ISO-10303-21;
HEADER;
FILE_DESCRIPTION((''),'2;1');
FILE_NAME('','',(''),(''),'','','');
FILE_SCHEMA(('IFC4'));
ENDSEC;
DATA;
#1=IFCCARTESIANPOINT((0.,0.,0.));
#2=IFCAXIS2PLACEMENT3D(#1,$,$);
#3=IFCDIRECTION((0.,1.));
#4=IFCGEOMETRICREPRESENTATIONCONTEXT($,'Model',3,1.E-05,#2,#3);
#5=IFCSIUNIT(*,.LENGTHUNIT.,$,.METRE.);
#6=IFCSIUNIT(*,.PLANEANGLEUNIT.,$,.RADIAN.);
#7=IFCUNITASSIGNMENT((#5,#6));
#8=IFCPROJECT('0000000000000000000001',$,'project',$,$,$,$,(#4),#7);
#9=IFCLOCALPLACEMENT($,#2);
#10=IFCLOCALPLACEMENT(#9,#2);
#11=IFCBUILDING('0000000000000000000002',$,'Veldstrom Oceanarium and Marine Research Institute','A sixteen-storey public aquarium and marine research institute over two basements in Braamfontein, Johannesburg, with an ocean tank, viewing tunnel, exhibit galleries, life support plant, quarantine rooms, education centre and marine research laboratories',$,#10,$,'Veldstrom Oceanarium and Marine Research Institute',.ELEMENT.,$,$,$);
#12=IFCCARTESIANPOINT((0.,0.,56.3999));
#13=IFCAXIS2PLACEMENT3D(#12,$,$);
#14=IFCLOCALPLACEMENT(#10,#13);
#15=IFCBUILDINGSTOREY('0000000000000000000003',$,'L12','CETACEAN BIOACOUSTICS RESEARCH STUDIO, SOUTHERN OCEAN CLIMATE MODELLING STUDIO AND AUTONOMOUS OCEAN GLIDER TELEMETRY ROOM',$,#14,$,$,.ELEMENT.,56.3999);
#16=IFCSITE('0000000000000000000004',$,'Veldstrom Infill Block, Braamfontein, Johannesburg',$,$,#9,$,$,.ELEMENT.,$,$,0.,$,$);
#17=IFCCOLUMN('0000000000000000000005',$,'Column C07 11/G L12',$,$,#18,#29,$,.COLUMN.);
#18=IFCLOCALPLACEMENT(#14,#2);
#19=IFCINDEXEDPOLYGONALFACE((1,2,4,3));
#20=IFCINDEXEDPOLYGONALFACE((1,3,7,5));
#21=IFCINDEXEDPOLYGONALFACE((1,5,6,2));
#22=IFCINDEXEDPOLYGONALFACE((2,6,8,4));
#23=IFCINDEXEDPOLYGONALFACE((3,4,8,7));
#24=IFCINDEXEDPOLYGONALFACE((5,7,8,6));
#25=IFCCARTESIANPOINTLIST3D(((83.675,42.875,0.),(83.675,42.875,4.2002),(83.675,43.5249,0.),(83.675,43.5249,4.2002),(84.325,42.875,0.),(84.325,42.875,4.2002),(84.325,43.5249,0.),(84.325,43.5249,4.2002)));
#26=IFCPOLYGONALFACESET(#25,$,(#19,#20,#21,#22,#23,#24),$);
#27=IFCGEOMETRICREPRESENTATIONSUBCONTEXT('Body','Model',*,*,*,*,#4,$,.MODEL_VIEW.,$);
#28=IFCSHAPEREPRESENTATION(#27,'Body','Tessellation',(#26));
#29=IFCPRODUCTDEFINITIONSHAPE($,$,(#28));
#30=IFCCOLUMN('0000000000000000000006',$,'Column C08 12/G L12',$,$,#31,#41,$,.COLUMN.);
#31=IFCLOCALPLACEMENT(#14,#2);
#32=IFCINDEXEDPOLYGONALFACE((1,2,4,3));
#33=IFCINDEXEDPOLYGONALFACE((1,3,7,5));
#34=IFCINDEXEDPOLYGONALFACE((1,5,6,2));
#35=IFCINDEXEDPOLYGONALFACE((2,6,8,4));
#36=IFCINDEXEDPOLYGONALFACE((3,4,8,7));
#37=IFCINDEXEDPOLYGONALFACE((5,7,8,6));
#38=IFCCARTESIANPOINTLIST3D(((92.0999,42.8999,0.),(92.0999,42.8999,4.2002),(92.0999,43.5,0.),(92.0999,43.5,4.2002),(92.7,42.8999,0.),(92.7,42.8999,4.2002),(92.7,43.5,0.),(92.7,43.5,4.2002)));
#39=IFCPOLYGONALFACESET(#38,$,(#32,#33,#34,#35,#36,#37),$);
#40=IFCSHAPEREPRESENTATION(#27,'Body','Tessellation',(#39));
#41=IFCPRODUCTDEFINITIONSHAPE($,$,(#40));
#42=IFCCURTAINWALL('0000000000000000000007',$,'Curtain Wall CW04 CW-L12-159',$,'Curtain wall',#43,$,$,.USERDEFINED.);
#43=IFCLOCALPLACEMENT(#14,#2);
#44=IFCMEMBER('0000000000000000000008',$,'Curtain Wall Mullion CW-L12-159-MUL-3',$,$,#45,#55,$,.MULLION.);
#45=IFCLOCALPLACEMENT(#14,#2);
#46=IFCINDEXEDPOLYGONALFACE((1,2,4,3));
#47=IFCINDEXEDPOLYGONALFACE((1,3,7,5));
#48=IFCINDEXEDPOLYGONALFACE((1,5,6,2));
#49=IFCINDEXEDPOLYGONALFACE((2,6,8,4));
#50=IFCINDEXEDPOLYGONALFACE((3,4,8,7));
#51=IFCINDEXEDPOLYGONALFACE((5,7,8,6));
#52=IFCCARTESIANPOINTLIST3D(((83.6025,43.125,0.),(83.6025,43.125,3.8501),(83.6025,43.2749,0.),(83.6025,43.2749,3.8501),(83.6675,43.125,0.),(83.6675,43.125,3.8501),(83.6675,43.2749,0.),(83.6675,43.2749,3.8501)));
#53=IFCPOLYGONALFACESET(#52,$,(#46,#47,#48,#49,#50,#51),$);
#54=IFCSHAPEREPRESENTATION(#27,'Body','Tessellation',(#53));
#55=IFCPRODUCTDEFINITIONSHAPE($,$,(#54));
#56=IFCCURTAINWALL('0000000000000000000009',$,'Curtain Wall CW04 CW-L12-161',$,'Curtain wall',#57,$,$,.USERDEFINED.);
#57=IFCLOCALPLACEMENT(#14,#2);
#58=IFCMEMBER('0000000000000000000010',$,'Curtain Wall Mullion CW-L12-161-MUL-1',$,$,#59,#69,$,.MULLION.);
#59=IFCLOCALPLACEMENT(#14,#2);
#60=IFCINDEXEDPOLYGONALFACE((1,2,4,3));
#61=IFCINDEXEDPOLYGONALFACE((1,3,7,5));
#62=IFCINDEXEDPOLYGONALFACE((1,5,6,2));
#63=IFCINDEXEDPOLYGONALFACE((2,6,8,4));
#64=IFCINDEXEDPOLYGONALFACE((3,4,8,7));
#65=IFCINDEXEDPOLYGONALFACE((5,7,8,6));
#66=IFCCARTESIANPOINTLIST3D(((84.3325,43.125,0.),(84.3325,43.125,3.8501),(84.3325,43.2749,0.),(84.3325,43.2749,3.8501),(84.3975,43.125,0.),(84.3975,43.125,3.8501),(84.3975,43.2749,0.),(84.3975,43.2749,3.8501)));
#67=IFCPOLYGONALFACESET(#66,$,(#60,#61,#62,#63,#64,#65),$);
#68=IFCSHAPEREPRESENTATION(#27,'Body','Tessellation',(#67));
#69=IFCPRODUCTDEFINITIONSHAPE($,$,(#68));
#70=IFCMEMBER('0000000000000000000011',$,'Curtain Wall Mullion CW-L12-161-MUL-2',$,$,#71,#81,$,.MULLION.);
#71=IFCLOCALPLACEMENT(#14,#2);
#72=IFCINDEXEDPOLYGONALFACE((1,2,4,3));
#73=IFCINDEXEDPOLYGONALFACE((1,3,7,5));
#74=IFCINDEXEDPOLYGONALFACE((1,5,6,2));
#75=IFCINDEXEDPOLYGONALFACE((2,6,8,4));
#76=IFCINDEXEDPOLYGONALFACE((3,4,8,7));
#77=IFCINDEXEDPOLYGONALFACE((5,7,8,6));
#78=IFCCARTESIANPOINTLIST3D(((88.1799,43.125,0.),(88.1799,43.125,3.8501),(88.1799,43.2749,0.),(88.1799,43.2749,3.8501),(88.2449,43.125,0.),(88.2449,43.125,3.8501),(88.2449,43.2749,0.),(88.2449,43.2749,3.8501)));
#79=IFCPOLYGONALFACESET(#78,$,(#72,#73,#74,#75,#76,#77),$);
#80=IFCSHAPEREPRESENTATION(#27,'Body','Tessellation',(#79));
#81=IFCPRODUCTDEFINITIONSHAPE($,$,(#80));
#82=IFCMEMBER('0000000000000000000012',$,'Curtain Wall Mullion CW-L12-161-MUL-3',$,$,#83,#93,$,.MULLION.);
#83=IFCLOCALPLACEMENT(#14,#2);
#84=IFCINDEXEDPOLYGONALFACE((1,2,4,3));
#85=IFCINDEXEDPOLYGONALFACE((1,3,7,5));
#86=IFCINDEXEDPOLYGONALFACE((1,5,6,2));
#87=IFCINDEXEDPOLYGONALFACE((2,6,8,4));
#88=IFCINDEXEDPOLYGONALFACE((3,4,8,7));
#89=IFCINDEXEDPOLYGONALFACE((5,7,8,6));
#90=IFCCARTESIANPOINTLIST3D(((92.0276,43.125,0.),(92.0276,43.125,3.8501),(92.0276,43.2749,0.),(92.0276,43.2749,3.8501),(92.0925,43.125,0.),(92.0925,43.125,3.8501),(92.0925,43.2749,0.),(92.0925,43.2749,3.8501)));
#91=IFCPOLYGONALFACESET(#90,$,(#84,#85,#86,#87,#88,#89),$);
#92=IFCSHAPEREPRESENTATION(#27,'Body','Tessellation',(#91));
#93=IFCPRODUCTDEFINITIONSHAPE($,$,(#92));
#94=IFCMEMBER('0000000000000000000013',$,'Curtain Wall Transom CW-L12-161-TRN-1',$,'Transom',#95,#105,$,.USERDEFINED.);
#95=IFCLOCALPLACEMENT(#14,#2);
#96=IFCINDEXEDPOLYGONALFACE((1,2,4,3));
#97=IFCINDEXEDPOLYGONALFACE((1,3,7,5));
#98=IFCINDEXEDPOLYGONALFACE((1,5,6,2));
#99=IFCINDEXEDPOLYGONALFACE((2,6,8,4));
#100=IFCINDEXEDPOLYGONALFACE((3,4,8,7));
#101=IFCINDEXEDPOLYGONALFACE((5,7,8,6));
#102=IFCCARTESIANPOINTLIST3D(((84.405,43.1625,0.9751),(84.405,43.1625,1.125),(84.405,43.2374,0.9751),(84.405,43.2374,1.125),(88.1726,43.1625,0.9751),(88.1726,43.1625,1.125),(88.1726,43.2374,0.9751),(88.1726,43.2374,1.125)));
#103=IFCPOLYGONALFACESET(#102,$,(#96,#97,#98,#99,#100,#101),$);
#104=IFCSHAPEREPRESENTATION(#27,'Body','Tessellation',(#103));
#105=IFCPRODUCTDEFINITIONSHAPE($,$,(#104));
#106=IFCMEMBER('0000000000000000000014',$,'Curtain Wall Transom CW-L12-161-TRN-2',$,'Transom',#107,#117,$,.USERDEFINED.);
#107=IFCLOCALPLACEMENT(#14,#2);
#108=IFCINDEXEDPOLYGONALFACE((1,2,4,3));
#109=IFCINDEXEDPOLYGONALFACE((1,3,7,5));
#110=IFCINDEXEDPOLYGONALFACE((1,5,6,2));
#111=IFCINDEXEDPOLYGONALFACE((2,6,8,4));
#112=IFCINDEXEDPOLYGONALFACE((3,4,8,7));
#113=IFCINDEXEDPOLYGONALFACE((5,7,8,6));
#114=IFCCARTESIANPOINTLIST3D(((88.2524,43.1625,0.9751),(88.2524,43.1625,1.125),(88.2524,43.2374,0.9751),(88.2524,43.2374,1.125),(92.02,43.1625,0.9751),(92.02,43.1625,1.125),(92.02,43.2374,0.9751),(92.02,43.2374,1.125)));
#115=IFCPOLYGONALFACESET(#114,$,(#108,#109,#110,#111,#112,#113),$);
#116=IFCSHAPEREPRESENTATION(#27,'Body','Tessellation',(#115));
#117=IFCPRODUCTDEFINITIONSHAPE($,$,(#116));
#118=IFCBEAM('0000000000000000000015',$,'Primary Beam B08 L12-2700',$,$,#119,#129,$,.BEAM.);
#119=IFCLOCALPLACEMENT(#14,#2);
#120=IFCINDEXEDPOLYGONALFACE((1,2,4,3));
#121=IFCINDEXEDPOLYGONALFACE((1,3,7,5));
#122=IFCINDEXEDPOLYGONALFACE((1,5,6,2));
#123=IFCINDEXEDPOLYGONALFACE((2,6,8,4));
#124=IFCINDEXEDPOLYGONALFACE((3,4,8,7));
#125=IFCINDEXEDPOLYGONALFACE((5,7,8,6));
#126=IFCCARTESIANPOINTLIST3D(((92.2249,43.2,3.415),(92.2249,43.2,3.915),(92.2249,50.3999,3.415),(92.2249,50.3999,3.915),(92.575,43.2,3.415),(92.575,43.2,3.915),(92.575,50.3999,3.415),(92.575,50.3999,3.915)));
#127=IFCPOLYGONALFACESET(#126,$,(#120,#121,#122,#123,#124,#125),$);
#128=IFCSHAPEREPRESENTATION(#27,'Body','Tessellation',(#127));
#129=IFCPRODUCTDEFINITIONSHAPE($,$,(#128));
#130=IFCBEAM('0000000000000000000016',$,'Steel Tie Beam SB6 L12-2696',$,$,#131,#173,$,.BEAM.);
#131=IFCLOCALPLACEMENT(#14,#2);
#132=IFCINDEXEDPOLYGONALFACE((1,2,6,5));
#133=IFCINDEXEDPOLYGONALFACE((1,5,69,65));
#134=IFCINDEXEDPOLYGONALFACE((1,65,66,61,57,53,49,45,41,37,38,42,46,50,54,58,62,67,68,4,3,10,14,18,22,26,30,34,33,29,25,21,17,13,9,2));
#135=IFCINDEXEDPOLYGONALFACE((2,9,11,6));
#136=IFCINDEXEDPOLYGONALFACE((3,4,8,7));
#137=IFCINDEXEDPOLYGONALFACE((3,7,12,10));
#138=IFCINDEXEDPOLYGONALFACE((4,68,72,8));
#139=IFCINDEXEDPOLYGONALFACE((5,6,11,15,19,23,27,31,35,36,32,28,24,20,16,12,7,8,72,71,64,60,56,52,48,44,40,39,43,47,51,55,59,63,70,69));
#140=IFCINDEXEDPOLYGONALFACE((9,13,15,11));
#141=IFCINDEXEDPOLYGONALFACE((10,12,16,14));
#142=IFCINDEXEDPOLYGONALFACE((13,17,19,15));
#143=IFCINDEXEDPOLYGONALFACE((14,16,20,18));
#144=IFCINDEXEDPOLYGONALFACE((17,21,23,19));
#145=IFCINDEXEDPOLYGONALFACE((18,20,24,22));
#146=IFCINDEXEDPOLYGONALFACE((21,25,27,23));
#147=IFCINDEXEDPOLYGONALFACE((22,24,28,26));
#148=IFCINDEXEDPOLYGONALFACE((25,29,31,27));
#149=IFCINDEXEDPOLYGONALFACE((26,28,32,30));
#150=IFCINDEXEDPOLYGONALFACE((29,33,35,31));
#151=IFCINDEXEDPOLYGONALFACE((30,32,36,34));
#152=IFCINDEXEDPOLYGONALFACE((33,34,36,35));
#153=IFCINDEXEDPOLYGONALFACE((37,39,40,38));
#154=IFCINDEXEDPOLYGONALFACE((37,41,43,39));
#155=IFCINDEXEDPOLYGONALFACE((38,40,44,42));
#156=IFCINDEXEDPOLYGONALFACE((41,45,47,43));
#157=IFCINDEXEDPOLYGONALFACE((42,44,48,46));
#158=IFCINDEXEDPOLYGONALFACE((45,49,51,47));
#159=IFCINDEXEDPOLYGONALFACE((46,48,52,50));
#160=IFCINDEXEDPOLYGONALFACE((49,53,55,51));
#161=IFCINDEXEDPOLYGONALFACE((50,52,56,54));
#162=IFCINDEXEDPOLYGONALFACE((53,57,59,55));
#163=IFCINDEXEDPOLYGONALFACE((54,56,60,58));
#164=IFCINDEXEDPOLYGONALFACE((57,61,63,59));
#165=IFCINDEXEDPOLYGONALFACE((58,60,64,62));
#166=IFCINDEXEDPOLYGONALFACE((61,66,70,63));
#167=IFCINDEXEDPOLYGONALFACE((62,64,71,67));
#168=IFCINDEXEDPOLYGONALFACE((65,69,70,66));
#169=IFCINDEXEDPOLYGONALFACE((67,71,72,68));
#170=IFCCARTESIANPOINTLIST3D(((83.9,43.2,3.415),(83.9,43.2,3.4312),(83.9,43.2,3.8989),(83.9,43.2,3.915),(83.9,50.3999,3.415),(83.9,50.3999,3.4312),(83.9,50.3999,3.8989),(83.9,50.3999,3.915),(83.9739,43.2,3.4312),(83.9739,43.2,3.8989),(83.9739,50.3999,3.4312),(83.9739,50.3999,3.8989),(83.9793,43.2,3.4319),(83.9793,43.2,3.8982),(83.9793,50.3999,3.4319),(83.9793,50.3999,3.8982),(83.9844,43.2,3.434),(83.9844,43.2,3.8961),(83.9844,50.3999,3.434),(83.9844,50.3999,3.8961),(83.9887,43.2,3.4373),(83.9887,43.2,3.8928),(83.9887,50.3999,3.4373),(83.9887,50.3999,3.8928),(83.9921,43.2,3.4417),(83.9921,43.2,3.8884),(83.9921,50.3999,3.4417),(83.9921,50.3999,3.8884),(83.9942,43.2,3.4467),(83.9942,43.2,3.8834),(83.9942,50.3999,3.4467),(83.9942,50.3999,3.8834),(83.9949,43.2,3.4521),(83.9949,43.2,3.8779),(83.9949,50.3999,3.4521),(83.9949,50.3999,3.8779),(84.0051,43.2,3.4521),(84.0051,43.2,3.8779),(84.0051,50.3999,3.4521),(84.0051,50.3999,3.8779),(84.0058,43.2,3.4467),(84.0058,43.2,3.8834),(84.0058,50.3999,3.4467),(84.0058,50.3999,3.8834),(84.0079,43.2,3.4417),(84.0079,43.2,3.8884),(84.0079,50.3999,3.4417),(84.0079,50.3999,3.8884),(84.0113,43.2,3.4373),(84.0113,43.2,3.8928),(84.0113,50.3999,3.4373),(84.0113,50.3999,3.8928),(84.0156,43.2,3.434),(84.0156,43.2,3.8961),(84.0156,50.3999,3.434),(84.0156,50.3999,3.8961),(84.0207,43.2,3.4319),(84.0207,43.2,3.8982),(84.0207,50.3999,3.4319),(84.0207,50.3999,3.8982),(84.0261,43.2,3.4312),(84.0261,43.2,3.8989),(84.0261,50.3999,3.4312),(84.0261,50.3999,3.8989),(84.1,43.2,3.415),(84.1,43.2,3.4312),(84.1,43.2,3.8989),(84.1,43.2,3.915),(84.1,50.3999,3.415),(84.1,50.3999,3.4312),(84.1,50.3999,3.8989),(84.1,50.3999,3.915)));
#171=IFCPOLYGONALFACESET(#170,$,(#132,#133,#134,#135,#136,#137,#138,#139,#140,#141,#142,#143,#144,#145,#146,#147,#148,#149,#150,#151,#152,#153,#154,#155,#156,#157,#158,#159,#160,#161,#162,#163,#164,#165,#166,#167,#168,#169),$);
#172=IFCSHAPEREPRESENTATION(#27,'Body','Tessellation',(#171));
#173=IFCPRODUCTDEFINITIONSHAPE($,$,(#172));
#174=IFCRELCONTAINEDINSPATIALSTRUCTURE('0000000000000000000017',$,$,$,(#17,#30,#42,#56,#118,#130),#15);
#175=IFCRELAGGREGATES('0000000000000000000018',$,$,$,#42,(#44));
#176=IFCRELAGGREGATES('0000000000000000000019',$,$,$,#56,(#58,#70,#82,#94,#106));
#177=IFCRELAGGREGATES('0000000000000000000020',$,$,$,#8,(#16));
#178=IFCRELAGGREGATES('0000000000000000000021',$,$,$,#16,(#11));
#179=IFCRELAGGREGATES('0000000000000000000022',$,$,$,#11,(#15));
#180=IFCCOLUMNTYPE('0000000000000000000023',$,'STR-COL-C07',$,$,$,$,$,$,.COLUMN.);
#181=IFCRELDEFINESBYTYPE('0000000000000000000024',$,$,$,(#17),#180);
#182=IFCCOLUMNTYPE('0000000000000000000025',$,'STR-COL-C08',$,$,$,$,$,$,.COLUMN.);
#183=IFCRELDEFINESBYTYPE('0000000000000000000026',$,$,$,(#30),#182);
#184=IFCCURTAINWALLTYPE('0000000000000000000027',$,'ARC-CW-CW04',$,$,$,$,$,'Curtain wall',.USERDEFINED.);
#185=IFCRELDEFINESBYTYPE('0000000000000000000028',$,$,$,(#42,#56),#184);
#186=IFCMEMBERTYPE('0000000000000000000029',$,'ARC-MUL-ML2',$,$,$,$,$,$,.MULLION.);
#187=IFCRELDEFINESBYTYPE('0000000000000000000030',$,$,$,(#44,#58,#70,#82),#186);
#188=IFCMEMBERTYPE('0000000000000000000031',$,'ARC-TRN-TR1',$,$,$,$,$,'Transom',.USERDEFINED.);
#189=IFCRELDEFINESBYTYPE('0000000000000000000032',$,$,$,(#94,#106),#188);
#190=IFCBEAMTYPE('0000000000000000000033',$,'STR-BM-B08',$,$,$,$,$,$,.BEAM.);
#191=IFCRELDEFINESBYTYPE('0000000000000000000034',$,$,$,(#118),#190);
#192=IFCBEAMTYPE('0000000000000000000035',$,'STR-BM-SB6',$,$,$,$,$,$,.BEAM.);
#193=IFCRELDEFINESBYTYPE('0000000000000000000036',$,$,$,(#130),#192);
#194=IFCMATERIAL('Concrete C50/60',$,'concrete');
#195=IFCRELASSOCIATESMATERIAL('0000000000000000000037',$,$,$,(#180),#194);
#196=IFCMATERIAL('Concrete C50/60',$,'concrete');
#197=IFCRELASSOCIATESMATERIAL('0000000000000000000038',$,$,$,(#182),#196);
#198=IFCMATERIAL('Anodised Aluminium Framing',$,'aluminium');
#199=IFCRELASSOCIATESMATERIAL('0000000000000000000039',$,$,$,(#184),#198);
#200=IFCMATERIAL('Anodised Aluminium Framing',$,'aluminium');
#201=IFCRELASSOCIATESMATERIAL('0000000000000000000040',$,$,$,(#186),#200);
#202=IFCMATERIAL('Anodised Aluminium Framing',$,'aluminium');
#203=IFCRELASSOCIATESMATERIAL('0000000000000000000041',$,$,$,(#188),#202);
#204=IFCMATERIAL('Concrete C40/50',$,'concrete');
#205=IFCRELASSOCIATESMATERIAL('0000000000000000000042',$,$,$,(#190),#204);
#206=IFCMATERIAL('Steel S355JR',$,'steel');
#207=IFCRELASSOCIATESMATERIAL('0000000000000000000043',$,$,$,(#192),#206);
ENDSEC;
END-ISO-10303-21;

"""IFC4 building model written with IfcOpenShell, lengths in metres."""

from ifc_helpers import new_model, si_unit, direction, frame, origin, origin_2d, place, context, subcontext, project, spatial, rectangle, i_section, extrude, material, material_profile, profile_set, type_object, element, aggregate, save


model = new_model("IFC4")

# Units and contexts
model_context = context("Model", 3, precision=1e-05, world=origin(), true_north=direction((0.0, 1.0)))
body_context = subcontext(model_context, "Body", "Model", "MODEL_VIEW")
ifc_project = project(units=[si_unit("LENGTHUNIT", "METRE"), si_unit("PLANEANGLEUNIT", "RADIAN")], contexts=[model_context])

# Site, building, storey
site_placement = place(None, origin())
site = spatial("IfcSite", under=ifc_project, at=site_placement, Name="Veldstrom Infill Block, Braamfontein, Johannesburg", CompositionType="ELEMENT", RefElevation=0.0)
building_placement = place(site_placement, origin())
building = spatial("IfcBuilding", under=site, at=building_placement, Name="Veldstrom Oceanarium and Marine Research Institute", Description="A sixteen-storey public aquarium and marine research institute over two basements in Braamfontein, Johannesburg, with an ocean tank, viewing tunnel, exhibit galleries, life support plant, quarantine rooms, education centre and marine research laboratories", LongName="Veldstrom Oceanarium and Marine Research Institute", CompositionType="ELEMENT")
storey_placement = place(building_placement, frame((0.0, 0.0, 56.3999)))
storey = spatial("IfcBuildingStorey", under=building, at=storey_placement, Name="L12", Description="CETACEAN BIOACOUSTICS RESEARCH STUDIO, SOUTHERN OCEAN CLIMATE MODELLING STUDIO AND AUTONOMOUS OCEAN GLIDER TELEMETRY ROOM", CompositionType="ELEMENT", Elevation=56.3999)

# Columns
ifc_material_1 = material(Name="Concrete C50/60", Category="concrete")
ifc_material_profile_1 = material_profile(ifc_material_1, rectangle(XDim=0.6499, YDim=0.6499, at=origin_2d()), Name="RC-COL-650x650")
ifc_profile_set_1 = profile_set([ifc_material_profile_1], Name="Concrete C50/60")
column_type_1 = type_object("IfcColumnType", Name="STR-COL-C07", PredefinedType="COLUMN", material=ifc_profile_set_1)
column_1_placement = place(storey_placement, frame((84.0, 43.2, 0.0), z_axis=(0.0, 0.0, 1.0), x_axis=(1.0, 0.0, 0.0)))
element("IfcColumn", 1, at=column_1_placement, inside=storey, type_object=column_type_1, Name="Column C07 11/G L12", PredefinedType="COLUMN", context=body_context, shape_type="SweptSolid", body=[
    extrude(rectangle(XDim=0.6499, YDim=0.6499, at=origin_2d()), origin(), (0.0, 0.0, 1.0), 4.2002),
])
ifc_material_2 = material(Name="Concrete C50/60", Category="concrete")
ifc_material_profile_2 = material_profile(ifc_material_2, rectangle(XDim=0.6001, YDim=0.6001, at=origin_2d()), Name="RC-COL-600x600")
ifc_profile_set_2 = profile_set([ifc_material_profile_2], Name="Concrete C50/60")
column_type_2 = type_object("IfcColumnType", Name="STR-COL-C08", PredefinedType="COLUMN", material=ifc_profile_set_2)
column_2_placement = place(storey_placement, frame((92.3999, 43.2, 0.0), z_axis=(0.0, 0.0, 1.0), x_axis=(1.0, 0.0, 0.0)))
element("IfcColumn", 2, at=column_2_placement, inside=storey, type_object=column_type_2, Name="Column C08 12/G L12", PredefinedType="COLUMN", context=body_context, shape_type="SweptSolid", body=[
    extrude(rectangle(XDim=0.6001, YDim=0.6001, at=origin_2d()), origin(), (0.0, 0.0, 1.0), 4.2002),
])

# Curtain wall, member
ifc_material_3 = material(Name="Anodised Aluminium Framing", Category="aluminium")
curtain_wall_type = type_object("IfcCurtainWallType", Name="ARC-CW-CW04", ElementType="Curtain wall", PredefinedType="USERDEFINED", material=ifc_material_3)
curtain_wall_1_placement = place(storey_placement, origin())
curtain_wall_1 = element("IfcCurtainWall", 3, at=curtain_wall_1_placement, inside=storey, type_object=curtain_wall_type, Name="Curtain Wall CW04 CW-L12-159", ObjectType="Curtain wall", PredefinedType="USERDEFINED")
ifc_material_4 = material(Name="Anodised Aluminium Framing", Category="aluminium")
ifc_material_profile_3 = material_profile(ifc_material_4, rectangle(XDim=0.0649, YDim=0.1499, at=origin_2d()), Name="ALU-MUL-65x150")
ifc_profile_set_3 = profile_set([ifc_material_profile_3], Name="Anodised Aluminium Framing")
member_type_1 = type_object("IfcMemberType", Name="ARC-MUL-ML2", PredefinedType="MULLION", material=ifc_profile_set_3)
member_1_placement = place(storey_placement, frame((83.635, 43.2, 0.0), z_axis=(0.0, 0.0, 1.0), x_axis=(1.0, 0.0, 0.0)))
member_1 = element("IfcMember", 4, at=member_1_placement, type_object=member_type_1, Name="Curtain Wall Mullion CW-L12-159-MUL-3", PredefinedType="MULLION", context=body_context, shape_type="SweptSolid", body=[
    extrude(rectangle(XDim=0.0649, YDim=0.1499, at=origin_2d()), origin(), (0.0, 0.0, 1.0), 3.8501),
])
aggregate(curtain_wall_1, [member_1])

# Curtain wall, members
curtain_wall_2_placement = place(storey_placement, origin())
curtain_wall_2 = element("IfcCurtainWall", 5, at=curtain_wall_2_placement, inside=storey, type_object=curtain_wall_type, Name="Curtain Wall CW04 CW-L12-161", ObjectType="Curtain wall", PredefinedType="USERDEFINED")
member_2_placement = place(storey_placement, frame((84.365, 43.2, 0.0), z_axis=(0.0, 0.0, 1.0), x_axis=(1.0, 0.0, 0.0)))
member_2 = element("IfcMember", 6, at=member_2_placement, type_object=member_type_1, Name="Curtain Wall Mullion CW-L12-161-MUL-1", PredefinedType="MULLION", context=body_context, shape_type="SweptSolid", body=[
    extrude(rectangle(XDim=0.0649, YDim=0.1499, at=origin_2d()), origin(), (0.0, 0.0, 1.0), 3.8501),
])
member_3_placement = place(storey_placement, frame((88.2124, 43.2, 0.0), z_axis=(0.0, 0.0, 1.0), x_axis=(1.0, 0.0, 0.0)))
member_3 = element("IfcMember", 7, at=member_3_placement, type_object=member_type_1, Name="Curtain Wall Mullion CW-L12-161-MUL-2", PredefinedType="MULLION", context=body_context, shape_type="SweptSolid", body=[
    extrude(rectangle(XDim=0.0649, YDim=0.1499, at=origin_2d()), origin(), (0.0, 0.0, 1.0), 3.8501),
])
member_4_placement = place(storey_placement, frame((92.0601, 43.2, 0.0), z_axis=(0.0, 0.0, 1.0), x_axis=(1.0, 0.0, 0.0)))
member_4 = element("IfcMember", 8, at=member_4_placement, type_object=member_type_1, Name="Curtain Wall Mullion CW-L12-161-MUL-3", PredefinedType="MULLION", context=body_context, shape_type="SweptSolid", body=[
    extrude(rectangle(XDim=0.0649, YDim=0.1499, at=origin_2d()), origin(), (0.0, 0.0, 1.0), 3.8501),
])
ifc_material_5 = material(Name="Anodised Aluminium Framing", Category="aluminium")
ifc_material_profile_4 = material_profile(ifc_material_5, rectangle(XDim=0.075, YDim=0.1499, at=origin_2d()), Name="ALU-TRN-75x150")
ifc_profile_set_4 = profile_set([ifc_material_profile_4], Name="Anodised Aluminium Framing")
member_type_2 = type_object("IfcMemberType", Name="ARC-TRN-TR1", ElementType="Transom", PredefinedType="USERDEFINED", material=ifc_profile_set_4)
member_5_placement = place(storey_placement, frame((84.405, 43.2, 1.05), z_axis=(1.0, 0.0, 0.0), x_axis=(0.0, 1.0, 0.0)))
member_5 = element("IfcMember", 9, at=member_5_placement, type_object=member_type_2, Name="Curtain Wall Transom CW-L12-161-TRN-1", ObjectType="Transom", PredefinedType="USERDEFINED", context=body_context, shape_type="SweptSolid", body=[
    extrude(rectangle(XDim=0.075, YDim=0.1499, at=origin_2d()), origin(), (0.0, 0.0, 1.0), 3.7676),
])
member_6_placement = place(storey_placement, frame((88.2524, 43.2, 1.05), z_axis=(1.0, 0.0, 0.0), x_axis=(0.0, 1.0, 0.0)))
member_6 = element("IfcMember", 10, at=member_6_placement, type_object=member_type_2, Name="Curtain Wall Transom CW-L12-161-TRN-2", ObjectType="Transom", PredefinedType="USERDEFINED", context=body_context, shape_type="SweptSolid", body=[
    extrude(rectangle(XDim=0.075, YDim=0.1499, at=origin_2d()), origin(), (0.0, 0.0, 1.0), 3.7676),
])

# Beams
ifc_material_6 = material(Name="Concrete C40/50", Category="concrete")
ifc_material_profile_5 = material_profile(ifc_material_6, rectangle(XDim=0.3501, YDim=0.5, at=origin_2d()), Name="RC-BM-350x500")
ifc_profile_set_5 = profile_set([ifc_material_profile_5], Name="Concrete C40/50")
beam_type_1 = type_object("IfcBeamType", Name="STR-BM-B08", PredefinedType="BEAM", material=ifc_profile_set_5)
beam_1_placement = place(storey_placement, frame((92.3999, 43.2, 3.665), z_axis=(0.0, 1.0, 0.0), x_axis=(-1.0, 0.0, 0.0)))
element("IfcBeam", 11, at=beam_1_placement, inside=storey, type_object=beam_type_1, Name="Primary Beam B08 L12-2700", PredefinedType="BEAM", context=body_context, shape_type="SweptSolid", body=[
    extrude(rectangle(XDim=0.3501, YDim=0.5, at=origin_2d()), origin(), (0.0, 0.0, 1.0), 7.2),
])
ifc_material_7 = material(Name="Steel S355JR", Category="steel")
ifc_material_profile_6 = material_profile(ifc_material_7, i_section(OverallWidth=0.2, OverallDepth=0.5, WebThickness=0.0103, FlangeThickness=0.0161, FilletRadius=0.021, at=origin_2d()), Name="IPE 500")
ifc_profile_set_6 = profile_set([ifc_material_profile_6], Name="Steel S355JR")
beam_type_2 = type_object("IfcBeamType", Name="STR-BM-SB6", PredefinedType="BEAM", material=ifc_profile_set_6)
beam_2_placement = place(storey_placement, frame((84.0, 43.2, 3.665), z_axis=(0.0, 1.0, 0.0), x_axis=(-1.0, 0.0, 0.0)))
element("IfcBeam", 12, at=beam_2_placement, inside=storey, type_object=beam_type_2, Name="Steel Tie Beam SB6 L12-2696", PredefinedType="BEAM", context=body_context, shape_type="SweptSolid", body=[
    extrude(i_section(OverallWidth=0.2, OverallDepth=0.5, WebThickness=0.0103, FlangeThickness=0.0161, FilletRadius=0.021, at=origin_2d()), origin(), (0.0, 0.0, 1.0), 7.2),
])

aggregate(curtain_wall_2, [member_2, member_3, member_4, member_5, member_6])

save(model, "model.ifc")
